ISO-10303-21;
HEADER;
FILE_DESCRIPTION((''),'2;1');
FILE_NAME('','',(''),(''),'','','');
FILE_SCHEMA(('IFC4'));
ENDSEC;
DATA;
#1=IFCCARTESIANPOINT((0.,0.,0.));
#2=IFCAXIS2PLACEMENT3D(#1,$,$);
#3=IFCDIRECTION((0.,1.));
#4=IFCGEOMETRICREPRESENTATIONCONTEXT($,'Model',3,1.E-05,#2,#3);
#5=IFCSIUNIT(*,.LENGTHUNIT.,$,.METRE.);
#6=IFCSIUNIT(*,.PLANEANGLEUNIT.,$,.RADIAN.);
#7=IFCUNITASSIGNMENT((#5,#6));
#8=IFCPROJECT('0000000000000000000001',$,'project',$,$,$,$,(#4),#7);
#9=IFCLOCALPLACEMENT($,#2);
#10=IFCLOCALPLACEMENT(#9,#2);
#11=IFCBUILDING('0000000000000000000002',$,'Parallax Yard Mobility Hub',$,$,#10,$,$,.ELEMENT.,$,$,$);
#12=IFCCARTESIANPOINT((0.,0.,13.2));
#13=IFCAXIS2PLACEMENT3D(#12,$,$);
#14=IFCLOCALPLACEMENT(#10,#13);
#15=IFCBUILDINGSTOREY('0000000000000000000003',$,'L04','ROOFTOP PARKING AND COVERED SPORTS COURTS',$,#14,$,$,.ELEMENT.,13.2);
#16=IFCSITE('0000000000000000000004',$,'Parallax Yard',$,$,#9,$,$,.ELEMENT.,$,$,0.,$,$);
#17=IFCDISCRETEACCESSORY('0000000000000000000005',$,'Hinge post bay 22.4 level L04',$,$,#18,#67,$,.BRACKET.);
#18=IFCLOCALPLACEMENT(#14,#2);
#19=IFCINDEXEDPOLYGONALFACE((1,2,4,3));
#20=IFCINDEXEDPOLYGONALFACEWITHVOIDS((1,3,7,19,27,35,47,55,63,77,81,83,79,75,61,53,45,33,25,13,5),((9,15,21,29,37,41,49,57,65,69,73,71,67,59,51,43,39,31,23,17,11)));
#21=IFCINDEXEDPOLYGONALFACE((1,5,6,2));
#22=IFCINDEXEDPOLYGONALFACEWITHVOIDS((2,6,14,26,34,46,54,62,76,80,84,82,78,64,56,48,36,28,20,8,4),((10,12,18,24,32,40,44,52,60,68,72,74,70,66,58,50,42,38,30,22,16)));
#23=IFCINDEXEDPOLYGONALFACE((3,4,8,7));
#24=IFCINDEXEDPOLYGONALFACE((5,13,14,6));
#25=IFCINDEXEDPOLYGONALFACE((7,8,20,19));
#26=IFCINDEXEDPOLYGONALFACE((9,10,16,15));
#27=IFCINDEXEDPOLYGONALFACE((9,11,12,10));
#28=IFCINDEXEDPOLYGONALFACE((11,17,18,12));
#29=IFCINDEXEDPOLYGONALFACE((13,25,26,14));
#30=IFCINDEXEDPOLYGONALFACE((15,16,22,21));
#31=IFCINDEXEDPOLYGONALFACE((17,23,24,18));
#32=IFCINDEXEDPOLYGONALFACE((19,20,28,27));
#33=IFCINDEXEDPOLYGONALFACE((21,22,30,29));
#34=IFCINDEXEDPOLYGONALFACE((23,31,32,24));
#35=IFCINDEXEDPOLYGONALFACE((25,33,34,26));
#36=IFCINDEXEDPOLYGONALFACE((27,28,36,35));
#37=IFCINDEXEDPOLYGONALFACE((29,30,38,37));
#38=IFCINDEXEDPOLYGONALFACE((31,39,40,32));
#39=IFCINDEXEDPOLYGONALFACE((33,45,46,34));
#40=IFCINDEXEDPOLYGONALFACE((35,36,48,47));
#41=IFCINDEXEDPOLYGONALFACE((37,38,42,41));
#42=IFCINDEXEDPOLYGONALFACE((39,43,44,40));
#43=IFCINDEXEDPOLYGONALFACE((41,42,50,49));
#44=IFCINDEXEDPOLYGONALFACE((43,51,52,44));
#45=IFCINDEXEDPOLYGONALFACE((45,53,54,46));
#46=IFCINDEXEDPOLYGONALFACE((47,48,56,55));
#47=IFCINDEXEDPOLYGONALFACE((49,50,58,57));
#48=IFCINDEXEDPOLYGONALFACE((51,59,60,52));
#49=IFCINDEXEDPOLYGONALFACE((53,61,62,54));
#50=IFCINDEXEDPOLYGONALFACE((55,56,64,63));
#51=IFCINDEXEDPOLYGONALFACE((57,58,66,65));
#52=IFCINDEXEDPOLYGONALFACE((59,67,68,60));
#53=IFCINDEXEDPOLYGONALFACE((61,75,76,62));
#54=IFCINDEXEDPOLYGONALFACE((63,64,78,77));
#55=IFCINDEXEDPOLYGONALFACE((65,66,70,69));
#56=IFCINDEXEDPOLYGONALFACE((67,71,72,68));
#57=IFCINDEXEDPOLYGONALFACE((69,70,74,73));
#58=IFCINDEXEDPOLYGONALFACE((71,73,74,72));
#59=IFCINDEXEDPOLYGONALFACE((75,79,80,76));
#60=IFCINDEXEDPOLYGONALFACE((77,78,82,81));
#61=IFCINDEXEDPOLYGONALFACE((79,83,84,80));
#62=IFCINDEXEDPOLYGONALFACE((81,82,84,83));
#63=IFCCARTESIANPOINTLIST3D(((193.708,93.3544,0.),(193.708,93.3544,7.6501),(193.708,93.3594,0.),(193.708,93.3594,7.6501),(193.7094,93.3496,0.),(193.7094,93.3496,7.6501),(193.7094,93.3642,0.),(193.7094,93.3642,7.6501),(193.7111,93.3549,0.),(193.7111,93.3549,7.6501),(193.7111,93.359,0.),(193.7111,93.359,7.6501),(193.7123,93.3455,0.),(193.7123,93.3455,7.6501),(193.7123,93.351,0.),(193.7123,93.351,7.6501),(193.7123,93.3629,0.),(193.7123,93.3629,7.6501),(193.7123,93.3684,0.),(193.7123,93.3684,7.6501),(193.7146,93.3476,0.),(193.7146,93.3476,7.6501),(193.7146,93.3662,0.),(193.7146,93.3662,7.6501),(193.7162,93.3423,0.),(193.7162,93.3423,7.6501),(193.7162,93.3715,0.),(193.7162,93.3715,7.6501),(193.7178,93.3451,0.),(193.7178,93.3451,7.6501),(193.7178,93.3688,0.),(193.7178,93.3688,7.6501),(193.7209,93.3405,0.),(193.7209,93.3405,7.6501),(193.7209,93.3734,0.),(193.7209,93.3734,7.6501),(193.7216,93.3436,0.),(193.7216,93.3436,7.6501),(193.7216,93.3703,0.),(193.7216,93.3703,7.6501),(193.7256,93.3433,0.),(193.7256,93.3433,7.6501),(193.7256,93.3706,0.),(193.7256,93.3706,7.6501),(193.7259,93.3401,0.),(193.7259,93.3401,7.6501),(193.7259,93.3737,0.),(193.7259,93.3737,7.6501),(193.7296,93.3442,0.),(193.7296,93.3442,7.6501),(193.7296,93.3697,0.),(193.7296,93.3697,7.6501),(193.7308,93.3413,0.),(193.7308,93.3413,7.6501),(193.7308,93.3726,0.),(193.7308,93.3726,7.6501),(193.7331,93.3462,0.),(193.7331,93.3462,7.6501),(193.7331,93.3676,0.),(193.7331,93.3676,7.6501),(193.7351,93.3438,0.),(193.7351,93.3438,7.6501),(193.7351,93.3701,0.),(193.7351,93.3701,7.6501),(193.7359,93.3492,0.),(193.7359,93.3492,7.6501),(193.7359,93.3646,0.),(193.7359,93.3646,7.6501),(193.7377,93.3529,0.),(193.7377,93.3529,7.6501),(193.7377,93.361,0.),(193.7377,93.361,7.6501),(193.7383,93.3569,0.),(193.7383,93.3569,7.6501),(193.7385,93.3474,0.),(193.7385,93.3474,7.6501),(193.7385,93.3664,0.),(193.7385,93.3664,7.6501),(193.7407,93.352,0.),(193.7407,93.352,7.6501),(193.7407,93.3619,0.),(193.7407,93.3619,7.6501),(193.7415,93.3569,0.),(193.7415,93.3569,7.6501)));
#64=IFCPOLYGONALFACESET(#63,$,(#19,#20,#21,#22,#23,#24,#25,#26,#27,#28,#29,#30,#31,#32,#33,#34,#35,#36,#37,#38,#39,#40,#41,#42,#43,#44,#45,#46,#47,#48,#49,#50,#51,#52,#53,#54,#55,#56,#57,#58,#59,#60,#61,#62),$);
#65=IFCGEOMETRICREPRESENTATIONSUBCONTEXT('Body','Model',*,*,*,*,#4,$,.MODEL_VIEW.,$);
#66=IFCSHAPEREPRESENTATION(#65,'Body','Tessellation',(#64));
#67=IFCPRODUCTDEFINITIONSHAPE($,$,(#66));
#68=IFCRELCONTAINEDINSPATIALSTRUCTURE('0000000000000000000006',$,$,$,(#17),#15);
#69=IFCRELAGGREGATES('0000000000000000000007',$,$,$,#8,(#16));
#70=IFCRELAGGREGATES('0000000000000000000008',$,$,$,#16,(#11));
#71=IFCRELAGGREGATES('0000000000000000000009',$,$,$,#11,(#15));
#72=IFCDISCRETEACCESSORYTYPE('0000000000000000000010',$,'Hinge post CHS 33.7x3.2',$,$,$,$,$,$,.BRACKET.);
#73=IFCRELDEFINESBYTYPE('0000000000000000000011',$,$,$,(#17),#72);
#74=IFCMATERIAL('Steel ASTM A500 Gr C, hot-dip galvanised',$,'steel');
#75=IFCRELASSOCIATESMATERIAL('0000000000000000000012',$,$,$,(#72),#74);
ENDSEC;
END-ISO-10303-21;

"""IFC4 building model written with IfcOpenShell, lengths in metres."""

from ifc_helpers import new_model, si_unit, direction, frame, origin, origin_2d, place, context, subcontext, project, spatial, hollow_circle, extrude, material, material_profile, profile_set, type_object, element, save


model = new_model("IFC4")

# Units and contexts
model_context = context("Model", 3, precision=1e-05, world=origin(), true_north=direction((0.0, 1.0)))
body_context = subcontext(model_context, "Body", "Model", "MODEL_VIEW")
ifc_project = project(units=[si_unit("LENGTHUNIT", "METRE"), si_unit("PLANEANGLEUNIT", "RADIAN")], contexts=[model_context])

# Site, building, storey
site_placement = place(None, origin())
site = spatial("IfcSite", under=ifc_project, at=site_placement, Name="Parallax Yard", CompositionType="ELEMENT", RefElevation=0.0)
building_placement = place(site_placement, origin())
building = spatial("IfcBuilding", under=site, at=building_placement, Name="Parallax Yard Mobility Hub", CompositionType="ELEMENT")
storey_placement = place(building_placement, frame((0.0, 0.0, 13.2)))
storey = spatial("IfcBuildingStorey", under=building, at=storey_placement, Name="L04", Description="ROOFTOP PARKING AND COVERED SPORTS COURTS", CompositionType="ELEMENT", Elevation=13.2)

# Discrete accessory
ifc_material_1 = material(Name="Steel ASTM A500 Gr C, hot-dip galvanised", Category="steel")
ifc_material_profile_1 = material_profile(ifc_material_1, hollow_circle(Radius=0.0168, WallThickness=0.0032, at=origin_2d()), Name="CHS 33.7x3.2")
ifc_profile_set_1 = profile_set([ifc_material_profile_1], Name="Steel ASTM A500 Gr C, hot-dip galvanised")
discrete_accessory_type_1 = type_object("IfcDiscreteAccessoryType", Name="Hinge post CHS 33.7x3.2", PredefinedType="BRACKET", material=ifc_profile_set_1)
for number, where, z_axis, x_axis, name in (
    (1, (193.7246, 93.3569, 0.0), (0.0, 0.0, 1.0), (1.0, 0.0, 0.0), "Hinge post bay 22.4 level L04"),
):
    element("IfcDiscreteAccessory", number, at=place(storey_placement, frame(where, z_axis=z_axis, x_axis=x_axis)), inside=storey, type_object=discrete_accessory_type_1, Name=name, PredefinedType="BRACKET", context=body_context, shape_type="SweptSolid", body=[
        extrude(hollow_circle(Radius=0.0168, WallThickness=0.0032, at=origin_2d()), origin(), (0.0, 0.0, 1.0), 7.6501),
    ])

save(model, "model.ifc")
